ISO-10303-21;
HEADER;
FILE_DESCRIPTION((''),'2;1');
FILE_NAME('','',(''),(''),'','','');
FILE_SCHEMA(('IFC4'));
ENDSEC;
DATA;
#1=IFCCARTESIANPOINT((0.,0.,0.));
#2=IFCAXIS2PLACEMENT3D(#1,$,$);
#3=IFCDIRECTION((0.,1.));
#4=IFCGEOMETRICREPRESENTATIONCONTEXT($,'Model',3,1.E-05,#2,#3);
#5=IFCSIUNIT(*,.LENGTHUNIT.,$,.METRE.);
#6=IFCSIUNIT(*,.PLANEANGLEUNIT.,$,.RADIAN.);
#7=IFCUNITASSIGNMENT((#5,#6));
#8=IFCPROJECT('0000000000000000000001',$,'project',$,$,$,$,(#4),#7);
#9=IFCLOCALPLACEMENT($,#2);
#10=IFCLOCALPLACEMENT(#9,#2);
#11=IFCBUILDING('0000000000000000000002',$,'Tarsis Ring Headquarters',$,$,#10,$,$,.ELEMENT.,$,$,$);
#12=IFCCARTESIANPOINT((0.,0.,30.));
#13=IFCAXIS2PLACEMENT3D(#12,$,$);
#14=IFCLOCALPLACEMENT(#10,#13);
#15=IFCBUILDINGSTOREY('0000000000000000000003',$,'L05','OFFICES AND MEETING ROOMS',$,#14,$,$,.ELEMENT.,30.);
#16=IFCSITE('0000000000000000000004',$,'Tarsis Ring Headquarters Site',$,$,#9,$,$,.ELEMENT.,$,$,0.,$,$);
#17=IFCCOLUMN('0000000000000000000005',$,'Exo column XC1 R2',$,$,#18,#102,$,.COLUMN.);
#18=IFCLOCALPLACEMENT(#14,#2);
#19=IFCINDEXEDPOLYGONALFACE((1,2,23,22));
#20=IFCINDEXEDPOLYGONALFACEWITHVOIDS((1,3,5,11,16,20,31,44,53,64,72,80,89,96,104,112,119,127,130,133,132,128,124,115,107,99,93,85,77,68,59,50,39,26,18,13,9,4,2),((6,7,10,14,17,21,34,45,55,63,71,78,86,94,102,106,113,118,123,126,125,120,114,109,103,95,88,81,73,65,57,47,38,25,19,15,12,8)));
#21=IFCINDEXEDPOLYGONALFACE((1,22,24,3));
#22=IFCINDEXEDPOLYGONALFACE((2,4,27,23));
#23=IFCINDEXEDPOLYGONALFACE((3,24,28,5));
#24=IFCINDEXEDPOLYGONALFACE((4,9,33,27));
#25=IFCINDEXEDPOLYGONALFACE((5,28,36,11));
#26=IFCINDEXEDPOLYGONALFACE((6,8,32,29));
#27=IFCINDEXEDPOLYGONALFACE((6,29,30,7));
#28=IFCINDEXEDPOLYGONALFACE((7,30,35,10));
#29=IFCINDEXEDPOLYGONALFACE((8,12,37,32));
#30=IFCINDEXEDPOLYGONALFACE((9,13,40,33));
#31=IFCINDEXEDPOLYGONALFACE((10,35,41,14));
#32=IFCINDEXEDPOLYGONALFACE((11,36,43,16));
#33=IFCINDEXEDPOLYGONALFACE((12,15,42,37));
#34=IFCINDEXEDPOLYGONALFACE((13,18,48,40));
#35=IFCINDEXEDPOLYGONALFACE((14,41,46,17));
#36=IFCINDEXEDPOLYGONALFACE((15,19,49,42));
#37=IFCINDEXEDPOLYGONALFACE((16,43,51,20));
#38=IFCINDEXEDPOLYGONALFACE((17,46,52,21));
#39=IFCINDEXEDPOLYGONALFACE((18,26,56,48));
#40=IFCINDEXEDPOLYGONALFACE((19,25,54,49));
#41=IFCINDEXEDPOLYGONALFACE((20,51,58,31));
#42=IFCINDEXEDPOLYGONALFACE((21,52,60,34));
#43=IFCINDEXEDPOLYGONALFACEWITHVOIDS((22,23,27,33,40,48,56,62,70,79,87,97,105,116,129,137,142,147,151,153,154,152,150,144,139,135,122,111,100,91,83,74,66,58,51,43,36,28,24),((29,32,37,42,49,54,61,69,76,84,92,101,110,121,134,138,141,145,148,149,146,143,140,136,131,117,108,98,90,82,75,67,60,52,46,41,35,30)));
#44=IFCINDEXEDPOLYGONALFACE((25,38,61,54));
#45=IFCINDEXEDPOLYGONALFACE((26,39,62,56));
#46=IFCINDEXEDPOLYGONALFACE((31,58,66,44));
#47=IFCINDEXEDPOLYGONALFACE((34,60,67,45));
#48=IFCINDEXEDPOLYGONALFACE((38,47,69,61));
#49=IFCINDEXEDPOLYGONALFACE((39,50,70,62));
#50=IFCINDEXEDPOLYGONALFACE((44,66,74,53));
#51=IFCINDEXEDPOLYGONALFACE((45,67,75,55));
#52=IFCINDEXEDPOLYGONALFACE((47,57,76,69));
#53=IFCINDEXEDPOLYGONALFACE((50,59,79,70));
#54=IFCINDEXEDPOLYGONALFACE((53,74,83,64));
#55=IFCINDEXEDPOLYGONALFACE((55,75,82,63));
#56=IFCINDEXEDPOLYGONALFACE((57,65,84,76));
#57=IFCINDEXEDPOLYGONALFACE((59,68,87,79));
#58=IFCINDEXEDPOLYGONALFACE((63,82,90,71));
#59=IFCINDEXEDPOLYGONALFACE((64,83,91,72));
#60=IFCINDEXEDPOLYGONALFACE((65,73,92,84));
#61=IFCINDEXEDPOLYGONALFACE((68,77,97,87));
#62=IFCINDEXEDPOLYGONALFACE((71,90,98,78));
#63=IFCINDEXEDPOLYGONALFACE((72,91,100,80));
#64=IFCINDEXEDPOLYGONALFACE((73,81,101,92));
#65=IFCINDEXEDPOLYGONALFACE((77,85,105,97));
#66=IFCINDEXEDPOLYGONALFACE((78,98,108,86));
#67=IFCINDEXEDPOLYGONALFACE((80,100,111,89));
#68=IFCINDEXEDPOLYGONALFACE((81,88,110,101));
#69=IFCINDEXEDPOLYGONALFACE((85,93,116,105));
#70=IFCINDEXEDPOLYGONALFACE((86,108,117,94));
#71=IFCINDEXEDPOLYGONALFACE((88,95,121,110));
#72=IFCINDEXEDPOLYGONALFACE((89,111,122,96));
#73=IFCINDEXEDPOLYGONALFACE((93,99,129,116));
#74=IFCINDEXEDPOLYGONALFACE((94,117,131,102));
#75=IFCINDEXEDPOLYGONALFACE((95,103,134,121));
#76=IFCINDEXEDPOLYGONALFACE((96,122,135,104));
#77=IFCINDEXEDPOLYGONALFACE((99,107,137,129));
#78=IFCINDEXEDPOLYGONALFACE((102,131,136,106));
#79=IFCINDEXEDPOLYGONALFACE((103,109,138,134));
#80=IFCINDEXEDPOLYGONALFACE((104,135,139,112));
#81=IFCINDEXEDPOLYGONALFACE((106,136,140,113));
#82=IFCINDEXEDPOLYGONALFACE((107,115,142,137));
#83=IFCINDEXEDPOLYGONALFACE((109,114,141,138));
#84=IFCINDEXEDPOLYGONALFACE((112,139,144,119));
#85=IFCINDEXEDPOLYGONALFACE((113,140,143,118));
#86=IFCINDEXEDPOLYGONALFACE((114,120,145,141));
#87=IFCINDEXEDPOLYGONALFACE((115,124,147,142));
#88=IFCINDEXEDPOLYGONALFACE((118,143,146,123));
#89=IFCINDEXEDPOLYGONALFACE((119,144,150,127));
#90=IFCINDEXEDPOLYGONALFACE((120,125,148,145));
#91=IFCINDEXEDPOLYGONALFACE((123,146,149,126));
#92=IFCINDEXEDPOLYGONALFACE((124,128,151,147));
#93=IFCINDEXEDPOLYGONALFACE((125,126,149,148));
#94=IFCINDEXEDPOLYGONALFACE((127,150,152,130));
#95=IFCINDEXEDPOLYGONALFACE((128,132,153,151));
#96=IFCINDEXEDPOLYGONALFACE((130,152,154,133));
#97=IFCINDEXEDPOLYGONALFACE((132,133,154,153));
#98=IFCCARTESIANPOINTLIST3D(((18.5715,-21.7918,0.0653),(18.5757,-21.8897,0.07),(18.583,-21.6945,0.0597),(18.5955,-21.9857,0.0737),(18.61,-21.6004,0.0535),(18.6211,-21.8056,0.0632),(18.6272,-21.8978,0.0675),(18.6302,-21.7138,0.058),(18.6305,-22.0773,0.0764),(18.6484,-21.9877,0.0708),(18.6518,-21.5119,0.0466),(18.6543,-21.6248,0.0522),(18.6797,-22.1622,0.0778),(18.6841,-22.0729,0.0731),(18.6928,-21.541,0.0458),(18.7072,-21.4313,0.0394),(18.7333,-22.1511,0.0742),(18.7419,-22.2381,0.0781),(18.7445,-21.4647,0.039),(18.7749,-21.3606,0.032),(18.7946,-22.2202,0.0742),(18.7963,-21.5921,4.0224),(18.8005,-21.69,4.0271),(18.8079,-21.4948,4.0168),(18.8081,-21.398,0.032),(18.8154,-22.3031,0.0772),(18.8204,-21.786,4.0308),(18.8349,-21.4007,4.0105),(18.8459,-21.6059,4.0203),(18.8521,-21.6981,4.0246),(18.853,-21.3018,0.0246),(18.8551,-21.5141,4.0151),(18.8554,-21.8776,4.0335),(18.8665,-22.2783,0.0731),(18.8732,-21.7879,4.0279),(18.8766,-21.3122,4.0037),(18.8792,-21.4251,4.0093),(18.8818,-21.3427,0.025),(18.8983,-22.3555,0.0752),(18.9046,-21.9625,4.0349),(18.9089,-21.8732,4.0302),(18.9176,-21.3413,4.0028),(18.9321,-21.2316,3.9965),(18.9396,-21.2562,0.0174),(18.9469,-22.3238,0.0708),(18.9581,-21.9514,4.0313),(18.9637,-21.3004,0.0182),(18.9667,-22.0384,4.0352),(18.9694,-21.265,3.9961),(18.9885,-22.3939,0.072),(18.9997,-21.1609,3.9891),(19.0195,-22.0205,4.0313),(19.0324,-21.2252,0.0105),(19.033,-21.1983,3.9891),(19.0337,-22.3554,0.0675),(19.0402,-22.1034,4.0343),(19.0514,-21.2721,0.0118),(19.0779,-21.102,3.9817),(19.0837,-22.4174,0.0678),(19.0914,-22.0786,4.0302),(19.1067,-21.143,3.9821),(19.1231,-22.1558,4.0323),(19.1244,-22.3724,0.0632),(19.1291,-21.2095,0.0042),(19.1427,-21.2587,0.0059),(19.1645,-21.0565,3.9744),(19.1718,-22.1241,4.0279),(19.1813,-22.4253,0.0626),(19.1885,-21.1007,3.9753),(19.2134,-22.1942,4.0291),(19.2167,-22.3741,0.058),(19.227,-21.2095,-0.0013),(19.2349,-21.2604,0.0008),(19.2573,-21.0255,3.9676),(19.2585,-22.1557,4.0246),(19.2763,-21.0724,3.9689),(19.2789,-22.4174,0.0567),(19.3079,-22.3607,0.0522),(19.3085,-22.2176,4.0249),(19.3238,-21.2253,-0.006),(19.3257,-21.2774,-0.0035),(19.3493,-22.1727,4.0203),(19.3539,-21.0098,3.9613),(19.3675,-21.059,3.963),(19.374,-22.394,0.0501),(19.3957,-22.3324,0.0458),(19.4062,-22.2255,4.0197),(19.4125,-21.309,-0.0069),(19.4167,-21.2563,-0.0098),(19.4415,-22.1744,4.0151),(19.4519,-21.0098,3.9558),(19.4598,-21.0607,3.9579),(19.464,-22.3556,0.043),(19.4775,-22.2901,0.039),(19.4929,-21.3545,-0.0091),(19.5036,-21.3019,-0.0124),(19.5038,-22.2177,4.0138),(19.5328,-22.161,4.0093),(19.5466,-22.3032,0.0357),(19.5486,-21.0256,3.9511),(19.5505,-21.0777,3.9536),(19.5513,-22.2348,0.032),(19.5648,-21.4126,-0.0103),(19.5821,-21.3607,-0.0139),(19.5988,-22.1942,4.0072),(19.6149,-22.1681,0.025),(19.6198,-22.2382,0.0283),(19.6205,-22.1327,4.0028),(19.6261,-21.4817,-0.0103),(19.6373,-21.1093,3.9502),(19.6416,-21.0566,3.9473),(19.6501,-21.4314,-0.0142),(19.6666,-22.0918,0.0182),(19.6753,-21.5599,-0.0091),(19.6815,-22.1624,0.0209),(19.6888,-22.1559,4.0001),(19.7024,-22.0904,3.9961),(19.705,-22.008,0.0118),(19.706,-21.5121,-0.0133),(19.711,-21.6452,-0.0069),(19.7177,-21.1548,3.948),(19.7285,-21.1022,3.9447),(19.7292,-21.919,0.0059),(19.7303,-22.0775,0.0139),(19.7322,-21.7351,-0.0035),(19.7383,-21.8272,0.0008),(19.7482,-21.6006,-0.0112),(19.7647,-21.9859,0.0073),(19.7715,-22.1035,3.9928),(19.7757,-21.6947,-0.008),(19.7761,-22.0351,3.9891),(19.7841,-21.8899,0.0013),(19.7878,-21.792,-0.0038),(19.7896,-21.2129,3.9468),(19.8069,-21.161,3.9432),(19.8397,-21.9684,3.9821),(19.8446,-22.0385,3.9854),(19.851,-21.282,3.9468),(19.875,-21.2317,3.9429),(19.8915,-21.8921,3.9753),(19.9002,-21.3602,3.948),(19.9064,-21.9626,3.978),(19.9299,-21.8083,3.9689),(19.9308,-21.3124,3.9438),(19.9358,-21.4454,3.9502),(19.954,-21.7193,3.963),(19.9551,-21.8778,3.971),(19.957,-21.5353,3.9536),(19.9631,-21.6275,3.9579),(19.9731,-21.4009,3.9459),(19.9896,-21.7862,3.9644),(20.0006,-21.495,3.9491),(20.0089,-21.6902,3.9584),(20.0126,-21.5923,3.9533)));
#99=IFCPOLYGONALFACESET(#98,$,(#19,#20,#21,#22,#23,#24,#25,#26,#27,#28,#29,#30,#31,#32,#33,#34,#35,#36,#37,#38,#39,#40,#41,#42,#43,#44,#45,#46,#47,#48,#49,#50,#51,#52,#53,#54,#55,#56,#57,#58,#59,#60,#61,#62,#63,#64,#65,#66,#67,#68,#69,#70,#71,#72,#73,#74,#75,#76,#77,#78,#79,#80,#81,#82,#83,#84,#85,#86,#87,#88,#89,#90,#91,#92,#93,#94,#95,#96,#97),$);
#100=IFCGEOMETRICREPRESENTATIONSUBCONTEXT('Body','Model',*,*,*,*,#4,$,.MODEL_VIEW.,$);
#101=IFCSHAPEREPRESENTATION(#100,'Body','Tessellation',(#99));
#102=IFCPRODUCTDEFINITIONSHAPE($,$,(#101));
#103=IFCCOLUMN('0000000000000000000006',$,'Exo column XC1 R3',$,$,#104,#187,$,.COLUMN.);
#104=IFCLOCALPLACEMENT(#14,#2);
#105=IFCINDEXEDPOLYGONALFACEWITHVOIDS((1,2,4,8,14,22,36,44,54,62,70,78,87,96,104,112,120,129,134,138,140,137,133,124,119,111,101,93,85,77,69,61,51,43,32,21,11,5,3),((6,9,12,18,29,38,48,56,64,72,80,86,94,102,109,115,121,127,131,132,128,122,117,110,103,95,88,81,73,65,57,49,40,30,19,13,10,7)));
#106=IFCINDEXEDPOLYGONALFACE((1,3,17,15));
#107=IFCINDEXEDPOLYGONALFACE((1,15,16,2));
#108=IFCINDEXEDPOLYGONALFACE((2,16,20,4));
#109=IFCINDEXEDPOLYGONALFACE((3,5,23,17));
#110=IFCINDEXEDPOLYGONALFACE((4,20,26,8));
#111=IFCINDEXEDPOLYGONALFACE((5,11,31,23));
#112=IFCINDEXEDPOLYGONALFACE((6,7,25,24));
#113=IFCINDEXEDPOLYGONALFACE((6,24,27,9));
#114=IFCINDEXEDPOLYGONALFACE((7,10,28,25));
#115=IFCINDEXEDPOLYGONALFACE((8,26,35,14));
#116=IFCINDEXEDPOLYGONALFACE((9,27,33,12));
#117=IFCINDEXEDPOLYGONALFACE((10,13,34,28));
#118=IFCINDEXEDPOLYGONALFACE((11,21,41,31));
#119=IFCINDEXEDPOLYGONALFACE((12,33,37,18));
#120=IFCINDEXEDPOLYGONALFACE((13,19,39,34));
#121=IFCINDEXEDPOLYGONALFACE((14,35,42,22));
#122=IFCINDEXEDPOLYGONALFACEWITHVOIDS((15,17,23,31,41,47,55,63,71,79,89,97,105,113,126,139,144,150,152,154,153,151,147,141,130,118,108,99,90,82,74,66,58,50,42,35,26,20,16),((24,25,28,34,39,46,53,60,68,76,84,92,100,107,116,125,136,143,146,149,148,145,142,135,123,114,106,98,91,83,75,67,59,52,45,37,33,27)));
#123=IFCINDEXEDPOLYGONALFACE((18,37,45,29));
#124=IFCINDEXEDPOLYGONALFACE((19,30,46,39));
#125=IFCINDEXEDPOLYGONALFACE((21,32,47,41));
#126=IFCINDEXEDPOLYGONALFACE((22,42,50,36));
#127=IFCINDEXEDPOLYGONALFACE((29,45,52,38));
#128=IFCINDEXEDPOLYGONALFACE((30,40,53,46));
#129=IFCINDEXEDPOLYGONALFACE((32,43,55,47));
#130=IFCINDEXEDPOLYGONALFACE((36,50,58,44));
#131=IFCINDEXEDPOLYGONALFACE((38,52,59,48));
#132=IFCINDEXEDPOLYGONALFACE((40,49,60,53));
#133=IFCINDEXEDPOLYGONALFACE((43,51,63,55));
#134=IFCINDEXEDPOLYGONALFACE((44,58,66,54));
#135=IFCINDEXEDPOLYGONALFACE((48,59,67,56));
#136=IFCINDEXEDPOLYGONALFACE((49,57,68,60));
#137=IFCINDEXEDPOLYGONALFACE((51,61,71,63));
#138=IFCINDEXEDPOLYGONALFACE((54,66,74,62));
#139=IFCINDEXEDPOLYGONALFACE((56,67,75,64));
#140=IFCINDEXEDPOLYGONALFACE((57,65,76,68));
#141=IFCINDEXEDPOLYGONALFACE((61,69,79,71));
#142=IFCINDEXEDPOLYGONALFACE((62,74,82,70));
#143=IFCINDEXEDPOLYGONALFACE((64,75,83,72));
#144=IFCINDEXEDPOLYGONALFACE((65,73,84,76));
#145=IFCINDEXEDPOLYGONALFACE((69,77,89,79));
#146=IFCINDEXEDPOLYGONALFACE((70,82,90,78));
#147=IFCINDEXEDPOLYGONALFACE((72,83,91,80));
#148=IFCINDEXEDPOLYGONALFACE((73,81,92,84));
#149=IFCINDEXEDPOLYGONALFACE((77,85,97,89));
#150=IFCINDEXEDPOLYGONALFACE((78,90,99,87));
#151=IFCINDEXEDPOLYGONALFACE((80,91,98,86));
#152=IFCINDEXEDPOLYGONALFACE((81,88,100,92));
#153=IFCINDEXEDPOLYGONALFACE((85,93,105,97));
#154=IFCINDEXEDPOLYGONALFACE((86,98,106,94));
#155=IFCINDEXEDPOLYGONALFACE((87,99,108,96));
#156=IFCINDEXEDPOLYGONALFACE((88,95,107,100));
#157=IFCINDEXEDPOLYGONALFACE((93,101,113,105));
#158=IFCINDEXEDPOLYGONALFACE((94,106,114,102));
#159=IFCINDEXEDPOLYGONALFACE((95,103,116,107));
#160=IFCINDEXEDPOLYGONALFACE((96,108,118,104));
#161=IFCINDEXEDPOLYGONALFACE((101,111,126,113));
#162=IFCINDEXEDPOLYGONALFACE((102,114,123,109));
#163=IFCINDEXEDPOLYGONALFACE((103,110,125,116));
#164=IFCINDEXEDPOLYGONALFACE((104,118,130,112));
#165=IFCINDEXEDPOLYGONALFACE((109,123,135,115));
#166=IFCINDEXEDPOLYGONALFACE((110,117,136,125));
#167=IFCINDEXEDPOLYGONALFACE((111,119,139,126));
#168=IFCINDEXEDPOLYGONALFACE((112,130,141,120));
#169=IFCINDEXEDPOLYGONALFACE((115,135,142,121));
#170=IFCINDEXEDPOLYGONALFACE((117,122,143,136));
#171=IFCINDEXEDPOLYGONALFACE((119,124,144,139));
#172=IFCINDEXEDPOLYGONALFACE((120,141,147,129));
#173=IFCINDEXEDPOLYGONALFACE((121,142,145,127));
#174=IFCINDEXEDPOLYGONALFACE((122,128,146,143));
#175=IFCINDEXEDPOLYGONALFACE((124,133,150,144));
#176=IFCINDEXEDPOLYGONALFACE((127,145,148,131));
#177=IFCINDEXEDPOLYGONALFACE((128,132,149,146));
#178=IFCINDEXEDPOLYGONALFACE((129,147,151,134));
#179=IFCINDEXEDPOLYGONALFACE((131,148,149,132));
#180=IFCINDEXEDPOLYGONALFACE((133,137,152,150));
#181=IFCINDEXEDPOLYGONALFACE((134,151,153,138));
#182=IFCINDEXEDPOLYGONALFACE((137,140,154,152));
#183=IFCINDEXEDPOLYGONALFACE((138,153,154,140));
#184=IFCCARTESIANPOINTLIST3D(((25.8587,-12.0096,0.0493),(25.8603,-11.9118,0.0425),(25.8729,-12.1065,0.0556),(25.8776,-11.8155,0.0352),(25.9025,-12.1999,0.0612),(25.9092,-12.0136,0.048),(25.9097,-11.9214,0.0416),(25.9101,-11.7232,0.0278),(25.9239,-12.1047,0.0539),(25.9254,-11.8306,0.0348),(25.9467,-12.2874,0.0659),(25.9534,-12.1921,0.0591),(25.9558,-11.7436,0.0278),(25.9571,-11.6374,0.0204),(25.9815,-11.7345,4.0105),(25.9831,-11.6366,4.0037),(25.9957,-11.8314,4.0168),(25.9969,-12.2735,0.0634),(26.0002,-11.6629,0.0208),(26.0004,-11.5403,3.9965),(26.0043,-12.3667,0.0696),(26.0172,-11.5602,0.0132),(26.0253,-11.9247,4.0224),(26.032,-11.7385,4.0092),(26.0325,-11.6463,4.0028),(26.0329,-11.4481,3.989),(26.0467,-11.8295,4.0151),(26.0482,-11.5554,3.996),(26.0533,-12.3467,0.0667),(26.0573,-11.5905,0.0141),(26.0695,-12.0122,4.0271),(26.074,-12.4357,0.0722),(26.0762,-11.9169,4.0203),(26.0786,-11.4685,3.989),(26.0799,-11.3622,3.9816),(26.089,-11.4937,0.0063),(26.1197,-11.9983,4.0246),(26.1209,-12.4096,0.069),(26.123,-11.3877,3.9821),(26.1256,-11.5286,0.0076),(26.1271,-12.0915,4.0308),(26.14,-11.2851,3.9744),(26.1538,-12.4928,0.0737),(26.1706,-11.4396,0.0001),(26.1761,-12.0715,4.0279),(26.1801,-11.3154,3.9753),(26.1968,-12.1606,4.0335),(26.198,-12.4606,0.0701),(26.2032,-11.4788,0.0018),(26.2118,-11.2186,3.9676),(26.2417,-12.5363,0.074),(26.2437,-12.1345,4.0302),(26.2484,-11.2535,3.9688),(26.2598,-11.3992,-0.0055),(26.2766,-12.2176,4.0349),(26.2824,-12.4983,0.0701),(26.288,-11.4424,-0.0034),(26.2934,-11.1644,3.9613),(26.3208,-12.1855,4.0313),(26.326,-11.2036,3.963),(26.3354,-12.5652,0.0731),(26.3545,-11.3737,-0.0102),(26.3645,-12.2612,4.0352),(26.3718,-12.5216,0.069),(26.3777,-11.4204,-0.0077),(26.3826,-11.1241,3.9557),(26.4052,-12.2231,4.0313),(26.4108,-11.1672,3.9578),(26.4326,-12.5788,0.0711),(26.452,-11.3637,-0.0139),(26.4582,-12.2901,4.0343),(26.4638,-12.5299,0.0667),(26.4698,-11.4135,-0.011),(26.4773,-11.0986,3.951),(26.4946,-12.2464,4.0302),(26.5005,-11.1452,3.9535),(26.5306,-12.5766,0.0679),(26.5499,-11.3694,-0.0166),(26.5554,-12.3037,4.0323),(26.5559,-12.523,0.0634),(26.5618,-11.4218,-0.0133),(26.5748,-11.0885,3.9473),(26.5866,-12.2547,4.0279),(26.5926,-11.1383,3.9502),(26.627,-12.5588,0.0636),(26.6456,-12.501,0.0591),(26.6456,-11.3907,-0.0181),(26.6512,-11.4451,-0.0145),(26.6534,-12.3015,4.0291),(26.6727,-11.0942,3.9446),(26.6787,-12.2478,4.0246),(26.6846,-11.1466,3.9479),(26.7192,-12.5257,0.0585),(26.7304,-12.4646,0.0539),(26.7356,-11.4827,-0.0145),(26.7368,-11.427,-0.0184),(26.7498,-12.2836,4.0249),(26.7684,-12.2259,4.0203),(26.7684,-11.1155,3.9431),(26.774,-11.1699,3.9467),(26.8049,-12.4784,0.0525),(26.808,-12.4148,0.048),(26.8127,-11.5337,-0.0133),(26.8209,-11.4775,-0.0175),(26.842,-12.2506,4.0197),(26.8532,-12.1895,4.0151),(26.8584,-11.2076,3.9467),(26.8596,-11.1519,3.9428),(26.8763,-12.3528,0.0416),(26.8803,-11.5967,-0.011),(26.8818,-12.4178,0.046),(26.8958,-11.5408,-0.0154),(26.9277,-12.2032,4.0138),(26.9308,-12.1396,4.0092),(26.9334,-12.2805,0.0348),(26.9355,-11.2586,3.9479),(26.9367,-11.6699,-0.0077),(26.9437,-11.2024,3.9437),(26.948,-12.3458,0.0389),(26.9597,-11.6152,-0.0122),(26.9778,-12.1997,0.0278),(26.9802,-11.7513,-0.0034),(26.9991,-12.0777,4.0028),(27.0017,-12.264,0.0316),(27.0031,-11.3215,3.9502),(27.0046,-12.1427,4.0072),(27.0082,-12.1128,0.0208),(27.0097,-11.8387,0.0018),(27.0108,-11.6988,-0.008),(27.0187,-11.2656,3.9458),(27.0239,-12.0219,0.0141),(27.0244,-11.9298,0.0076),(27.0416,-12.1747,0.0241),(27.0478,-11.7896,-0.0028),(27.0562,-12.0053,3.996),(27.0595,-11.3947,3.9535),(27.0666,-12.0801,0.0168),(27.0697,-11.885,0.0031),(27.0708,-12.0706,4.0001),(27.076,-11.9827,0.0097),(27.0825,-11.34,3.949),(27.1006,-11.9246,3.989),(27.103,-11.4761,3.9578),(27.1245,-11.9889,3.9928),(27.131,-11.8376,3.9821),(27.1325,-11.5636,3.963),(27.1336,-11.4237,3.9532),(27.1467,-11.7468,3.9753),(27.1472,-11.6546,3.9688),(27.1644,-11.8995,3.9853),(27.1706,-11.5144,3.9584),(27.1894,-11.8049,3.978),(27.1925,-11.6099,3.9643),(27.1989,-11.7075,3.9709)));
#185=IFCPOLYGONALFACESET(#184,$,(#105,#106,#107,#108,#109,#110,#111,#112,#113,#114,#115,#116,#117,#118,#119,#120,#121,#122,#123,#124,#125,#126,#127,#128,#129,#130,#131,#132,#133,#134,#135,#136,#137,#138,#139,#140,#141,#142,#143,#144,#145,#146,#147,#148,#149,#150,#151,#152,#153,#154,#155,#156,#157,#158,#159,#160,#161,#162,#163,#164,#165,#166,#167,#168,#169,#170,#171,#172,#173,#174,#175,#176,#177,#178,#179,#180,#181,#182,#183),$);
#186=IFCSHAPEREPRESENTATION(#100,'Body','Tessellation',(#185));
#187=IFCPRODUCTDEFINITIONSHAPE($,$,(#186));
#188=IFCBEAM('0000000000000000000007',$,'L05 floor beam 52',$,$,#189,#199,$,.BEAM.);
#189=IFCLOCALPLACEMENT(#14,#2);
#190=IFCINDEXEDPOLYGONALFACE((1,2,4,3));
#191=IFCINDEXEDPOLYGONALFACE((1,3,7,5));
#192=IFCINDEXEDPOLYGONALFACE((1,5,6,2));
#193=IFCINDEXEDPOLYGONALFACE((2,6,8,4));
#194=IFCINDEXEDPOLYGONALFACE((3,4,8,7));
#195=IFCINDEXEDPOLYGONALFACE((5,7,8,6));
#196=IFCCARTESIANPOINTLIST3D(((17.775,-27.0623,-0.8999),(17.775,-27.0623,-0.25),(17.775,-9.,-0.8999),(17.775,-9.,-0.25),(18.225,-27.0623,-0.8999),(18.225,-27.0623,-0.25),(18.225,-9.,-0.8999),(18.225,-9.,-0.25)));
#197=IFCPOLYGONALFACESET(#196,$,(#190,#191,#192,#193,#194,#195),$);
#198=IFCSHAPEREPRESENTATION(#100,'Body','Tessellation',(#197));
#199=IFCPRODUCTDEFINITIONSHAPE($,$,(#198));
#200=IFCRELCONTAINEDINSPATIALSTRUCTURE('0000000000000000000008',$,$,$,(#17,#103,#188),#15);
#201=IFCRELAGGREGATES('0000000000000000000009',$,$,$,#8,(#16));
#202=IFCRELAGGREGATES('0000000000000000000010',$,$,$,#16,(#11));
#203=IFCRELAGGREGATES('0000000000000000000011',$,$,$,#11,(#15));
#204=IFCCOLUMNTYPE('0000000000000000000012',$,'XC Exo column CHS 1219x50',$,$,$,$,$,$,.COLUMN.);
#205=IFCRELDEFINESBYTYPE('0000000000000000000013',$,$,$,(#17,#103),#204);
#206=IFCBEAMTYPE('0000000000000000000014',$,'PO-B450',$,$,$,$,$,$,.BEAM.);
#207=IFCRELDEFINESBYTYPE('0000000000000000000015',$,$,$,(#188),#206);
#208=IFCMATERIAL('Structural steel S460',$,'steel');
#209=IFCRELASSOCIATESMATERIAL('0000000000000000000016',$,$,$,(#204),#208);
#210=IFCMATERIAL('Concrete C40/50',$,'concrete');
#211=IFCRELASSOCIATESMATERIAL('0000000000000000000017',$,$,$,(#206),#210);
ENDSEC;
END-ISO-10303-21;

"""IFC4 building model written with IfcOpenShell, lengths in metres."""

from ifc_helpers import new_model, si_unit, direction, frame, origin, origin_2d, place, context, subcontext, project, spatial, rectangle, hollow_circle, extrude, material, material_profile, profile_set, type_object, element, save


model = new_model("IFC4")

# Units and contexts
model_context = context("Model", 3, precision=1e-05, world=origin(), true_north=direction((0.0, 1.0)))
body_context = subcontext(model_context, "Body", "Model", "MODEL_VIEW")
ifc_project = project(units=[si_unit("LENGTHUNIT", "METRE"), si_unit("PLANEANGLEUNIT", "RADIAN")], contexts=[model_context])

# Site, building, storey
site_placement = place(None, origin())
site = spatial("IfcSite", under=ifc_project, at=site_placement, Name="Tarsis Ring Headquarters Site", CompositionType="ELEMENT", RefElevation=0.0)
building_placement = place(site_placement, origin())
building = spatial("IfcBuilding", under=site, at=building_placement, Name="Tarsis Ring Headquarters", CompositionType="ELEMENT")
storey_placement = place(building_placement, frame((0.0, 0.0, 30.0)))
storey = spatial("IfcBuildingStorey", under=building, at=storey_placement, Name="L05", Description="OFFICES AND MEETING ROOMS", CompositionType="ELEMENT", Elevation=30.0)

# Columns
ifc_material_1 = material(Name="Structural steel S460", Category="steel")
ifc_material_profile_1 = material_profile(ifc_material_1, hollow_circle(Radius=0.6096, WallThickness=0.05, at=origin_2d()), Name="CHS 1219x50")
ifc_profile_set_1 = profile_set([ifc_material_profile_1], Name="Structural steel S460")
column_type = type_object("IfcColumnType", Name="XC Exo column CHS 1219x50", PredefinedType="COLUMN", material=ifc_profile_set_1)
column_1_placement = place(storey_placement, frame((19.1797, -21.8164, 0.032), z_axis=(0.05666, 0.050324, 0.997124), x_axis=(-0.664061, 0.747678, 0.0)))
element("IfcColumn", 1, at=column_1_placement, inside=storey, type_object=column_type, Name="Exo column XC1 R2", PredefinedType="COLUMN", context=body_context, shape_type="SweptSolid", body=[
    extrude(hollow_circle(Radius=0.6096, WallThickness=0.05, at=origin_2d()), origin(), (0.0, 0.0, 1.0), 3.9685),
])
column_2_placement = place(storey_placement, frame((26.4668, -11.9717, 0.0278), z_axis=(0.030912, 0.069261, 0.99712), x_axis=(-0.913176, 0.407566, 0.0)))
element("IfcColumn", 2, at=column_2_placement, inside=storey, type_object=column_type, Name="Exo column XC1 R3", PredefinedType="COLUMN", context=body_context, shape_type="SweptSolid", body=[
    extrude(hollow_circle(Radius=0.6096, WallThickness=0.05, at=origin_2d()), origin(), (0.0, 0.0, 1.0), 3.9727),
])

# Beam
ifc_material_2 = material(Name="Concrete C40/50", Category="concrete")
ifc_material_profile_2 = material_profile(ifc_material_2, rectangle(XDim=0.45, YDim=0.6499, at=origin_2d()), Name="PO-B450")
ifc_profile_set_2 = profile_set([ifc_material_profile_2], Name="Concrete C40/50")
beam_type_1 = type_object("IfcBeamType", Name="PO-B450", PredefinedType="BEAM", material=ifc_profile_set_2)
beam_1_placement = place(storey_placement, frame((18.0, -27.0623, -0.575), z_axis=(0.0, 1.0, 0.0), x_axis=(-1.0, 0.0, 0.0)))
element("IfcBeam", 3, at=beam_1_placement, inside=storey, type_object=beam_type_1, Name="L05 floor beam 52", PredefinedType="BEAM", context=body_context, shape_type="SweptSolid", body=[
    extrude(rectangle(XDim=0.45, YDim=0.6499, at=origin_2d()), origin(), (0.0, 0.0, 1.0), 18.0623),
])

save(model, "model.ifc")
